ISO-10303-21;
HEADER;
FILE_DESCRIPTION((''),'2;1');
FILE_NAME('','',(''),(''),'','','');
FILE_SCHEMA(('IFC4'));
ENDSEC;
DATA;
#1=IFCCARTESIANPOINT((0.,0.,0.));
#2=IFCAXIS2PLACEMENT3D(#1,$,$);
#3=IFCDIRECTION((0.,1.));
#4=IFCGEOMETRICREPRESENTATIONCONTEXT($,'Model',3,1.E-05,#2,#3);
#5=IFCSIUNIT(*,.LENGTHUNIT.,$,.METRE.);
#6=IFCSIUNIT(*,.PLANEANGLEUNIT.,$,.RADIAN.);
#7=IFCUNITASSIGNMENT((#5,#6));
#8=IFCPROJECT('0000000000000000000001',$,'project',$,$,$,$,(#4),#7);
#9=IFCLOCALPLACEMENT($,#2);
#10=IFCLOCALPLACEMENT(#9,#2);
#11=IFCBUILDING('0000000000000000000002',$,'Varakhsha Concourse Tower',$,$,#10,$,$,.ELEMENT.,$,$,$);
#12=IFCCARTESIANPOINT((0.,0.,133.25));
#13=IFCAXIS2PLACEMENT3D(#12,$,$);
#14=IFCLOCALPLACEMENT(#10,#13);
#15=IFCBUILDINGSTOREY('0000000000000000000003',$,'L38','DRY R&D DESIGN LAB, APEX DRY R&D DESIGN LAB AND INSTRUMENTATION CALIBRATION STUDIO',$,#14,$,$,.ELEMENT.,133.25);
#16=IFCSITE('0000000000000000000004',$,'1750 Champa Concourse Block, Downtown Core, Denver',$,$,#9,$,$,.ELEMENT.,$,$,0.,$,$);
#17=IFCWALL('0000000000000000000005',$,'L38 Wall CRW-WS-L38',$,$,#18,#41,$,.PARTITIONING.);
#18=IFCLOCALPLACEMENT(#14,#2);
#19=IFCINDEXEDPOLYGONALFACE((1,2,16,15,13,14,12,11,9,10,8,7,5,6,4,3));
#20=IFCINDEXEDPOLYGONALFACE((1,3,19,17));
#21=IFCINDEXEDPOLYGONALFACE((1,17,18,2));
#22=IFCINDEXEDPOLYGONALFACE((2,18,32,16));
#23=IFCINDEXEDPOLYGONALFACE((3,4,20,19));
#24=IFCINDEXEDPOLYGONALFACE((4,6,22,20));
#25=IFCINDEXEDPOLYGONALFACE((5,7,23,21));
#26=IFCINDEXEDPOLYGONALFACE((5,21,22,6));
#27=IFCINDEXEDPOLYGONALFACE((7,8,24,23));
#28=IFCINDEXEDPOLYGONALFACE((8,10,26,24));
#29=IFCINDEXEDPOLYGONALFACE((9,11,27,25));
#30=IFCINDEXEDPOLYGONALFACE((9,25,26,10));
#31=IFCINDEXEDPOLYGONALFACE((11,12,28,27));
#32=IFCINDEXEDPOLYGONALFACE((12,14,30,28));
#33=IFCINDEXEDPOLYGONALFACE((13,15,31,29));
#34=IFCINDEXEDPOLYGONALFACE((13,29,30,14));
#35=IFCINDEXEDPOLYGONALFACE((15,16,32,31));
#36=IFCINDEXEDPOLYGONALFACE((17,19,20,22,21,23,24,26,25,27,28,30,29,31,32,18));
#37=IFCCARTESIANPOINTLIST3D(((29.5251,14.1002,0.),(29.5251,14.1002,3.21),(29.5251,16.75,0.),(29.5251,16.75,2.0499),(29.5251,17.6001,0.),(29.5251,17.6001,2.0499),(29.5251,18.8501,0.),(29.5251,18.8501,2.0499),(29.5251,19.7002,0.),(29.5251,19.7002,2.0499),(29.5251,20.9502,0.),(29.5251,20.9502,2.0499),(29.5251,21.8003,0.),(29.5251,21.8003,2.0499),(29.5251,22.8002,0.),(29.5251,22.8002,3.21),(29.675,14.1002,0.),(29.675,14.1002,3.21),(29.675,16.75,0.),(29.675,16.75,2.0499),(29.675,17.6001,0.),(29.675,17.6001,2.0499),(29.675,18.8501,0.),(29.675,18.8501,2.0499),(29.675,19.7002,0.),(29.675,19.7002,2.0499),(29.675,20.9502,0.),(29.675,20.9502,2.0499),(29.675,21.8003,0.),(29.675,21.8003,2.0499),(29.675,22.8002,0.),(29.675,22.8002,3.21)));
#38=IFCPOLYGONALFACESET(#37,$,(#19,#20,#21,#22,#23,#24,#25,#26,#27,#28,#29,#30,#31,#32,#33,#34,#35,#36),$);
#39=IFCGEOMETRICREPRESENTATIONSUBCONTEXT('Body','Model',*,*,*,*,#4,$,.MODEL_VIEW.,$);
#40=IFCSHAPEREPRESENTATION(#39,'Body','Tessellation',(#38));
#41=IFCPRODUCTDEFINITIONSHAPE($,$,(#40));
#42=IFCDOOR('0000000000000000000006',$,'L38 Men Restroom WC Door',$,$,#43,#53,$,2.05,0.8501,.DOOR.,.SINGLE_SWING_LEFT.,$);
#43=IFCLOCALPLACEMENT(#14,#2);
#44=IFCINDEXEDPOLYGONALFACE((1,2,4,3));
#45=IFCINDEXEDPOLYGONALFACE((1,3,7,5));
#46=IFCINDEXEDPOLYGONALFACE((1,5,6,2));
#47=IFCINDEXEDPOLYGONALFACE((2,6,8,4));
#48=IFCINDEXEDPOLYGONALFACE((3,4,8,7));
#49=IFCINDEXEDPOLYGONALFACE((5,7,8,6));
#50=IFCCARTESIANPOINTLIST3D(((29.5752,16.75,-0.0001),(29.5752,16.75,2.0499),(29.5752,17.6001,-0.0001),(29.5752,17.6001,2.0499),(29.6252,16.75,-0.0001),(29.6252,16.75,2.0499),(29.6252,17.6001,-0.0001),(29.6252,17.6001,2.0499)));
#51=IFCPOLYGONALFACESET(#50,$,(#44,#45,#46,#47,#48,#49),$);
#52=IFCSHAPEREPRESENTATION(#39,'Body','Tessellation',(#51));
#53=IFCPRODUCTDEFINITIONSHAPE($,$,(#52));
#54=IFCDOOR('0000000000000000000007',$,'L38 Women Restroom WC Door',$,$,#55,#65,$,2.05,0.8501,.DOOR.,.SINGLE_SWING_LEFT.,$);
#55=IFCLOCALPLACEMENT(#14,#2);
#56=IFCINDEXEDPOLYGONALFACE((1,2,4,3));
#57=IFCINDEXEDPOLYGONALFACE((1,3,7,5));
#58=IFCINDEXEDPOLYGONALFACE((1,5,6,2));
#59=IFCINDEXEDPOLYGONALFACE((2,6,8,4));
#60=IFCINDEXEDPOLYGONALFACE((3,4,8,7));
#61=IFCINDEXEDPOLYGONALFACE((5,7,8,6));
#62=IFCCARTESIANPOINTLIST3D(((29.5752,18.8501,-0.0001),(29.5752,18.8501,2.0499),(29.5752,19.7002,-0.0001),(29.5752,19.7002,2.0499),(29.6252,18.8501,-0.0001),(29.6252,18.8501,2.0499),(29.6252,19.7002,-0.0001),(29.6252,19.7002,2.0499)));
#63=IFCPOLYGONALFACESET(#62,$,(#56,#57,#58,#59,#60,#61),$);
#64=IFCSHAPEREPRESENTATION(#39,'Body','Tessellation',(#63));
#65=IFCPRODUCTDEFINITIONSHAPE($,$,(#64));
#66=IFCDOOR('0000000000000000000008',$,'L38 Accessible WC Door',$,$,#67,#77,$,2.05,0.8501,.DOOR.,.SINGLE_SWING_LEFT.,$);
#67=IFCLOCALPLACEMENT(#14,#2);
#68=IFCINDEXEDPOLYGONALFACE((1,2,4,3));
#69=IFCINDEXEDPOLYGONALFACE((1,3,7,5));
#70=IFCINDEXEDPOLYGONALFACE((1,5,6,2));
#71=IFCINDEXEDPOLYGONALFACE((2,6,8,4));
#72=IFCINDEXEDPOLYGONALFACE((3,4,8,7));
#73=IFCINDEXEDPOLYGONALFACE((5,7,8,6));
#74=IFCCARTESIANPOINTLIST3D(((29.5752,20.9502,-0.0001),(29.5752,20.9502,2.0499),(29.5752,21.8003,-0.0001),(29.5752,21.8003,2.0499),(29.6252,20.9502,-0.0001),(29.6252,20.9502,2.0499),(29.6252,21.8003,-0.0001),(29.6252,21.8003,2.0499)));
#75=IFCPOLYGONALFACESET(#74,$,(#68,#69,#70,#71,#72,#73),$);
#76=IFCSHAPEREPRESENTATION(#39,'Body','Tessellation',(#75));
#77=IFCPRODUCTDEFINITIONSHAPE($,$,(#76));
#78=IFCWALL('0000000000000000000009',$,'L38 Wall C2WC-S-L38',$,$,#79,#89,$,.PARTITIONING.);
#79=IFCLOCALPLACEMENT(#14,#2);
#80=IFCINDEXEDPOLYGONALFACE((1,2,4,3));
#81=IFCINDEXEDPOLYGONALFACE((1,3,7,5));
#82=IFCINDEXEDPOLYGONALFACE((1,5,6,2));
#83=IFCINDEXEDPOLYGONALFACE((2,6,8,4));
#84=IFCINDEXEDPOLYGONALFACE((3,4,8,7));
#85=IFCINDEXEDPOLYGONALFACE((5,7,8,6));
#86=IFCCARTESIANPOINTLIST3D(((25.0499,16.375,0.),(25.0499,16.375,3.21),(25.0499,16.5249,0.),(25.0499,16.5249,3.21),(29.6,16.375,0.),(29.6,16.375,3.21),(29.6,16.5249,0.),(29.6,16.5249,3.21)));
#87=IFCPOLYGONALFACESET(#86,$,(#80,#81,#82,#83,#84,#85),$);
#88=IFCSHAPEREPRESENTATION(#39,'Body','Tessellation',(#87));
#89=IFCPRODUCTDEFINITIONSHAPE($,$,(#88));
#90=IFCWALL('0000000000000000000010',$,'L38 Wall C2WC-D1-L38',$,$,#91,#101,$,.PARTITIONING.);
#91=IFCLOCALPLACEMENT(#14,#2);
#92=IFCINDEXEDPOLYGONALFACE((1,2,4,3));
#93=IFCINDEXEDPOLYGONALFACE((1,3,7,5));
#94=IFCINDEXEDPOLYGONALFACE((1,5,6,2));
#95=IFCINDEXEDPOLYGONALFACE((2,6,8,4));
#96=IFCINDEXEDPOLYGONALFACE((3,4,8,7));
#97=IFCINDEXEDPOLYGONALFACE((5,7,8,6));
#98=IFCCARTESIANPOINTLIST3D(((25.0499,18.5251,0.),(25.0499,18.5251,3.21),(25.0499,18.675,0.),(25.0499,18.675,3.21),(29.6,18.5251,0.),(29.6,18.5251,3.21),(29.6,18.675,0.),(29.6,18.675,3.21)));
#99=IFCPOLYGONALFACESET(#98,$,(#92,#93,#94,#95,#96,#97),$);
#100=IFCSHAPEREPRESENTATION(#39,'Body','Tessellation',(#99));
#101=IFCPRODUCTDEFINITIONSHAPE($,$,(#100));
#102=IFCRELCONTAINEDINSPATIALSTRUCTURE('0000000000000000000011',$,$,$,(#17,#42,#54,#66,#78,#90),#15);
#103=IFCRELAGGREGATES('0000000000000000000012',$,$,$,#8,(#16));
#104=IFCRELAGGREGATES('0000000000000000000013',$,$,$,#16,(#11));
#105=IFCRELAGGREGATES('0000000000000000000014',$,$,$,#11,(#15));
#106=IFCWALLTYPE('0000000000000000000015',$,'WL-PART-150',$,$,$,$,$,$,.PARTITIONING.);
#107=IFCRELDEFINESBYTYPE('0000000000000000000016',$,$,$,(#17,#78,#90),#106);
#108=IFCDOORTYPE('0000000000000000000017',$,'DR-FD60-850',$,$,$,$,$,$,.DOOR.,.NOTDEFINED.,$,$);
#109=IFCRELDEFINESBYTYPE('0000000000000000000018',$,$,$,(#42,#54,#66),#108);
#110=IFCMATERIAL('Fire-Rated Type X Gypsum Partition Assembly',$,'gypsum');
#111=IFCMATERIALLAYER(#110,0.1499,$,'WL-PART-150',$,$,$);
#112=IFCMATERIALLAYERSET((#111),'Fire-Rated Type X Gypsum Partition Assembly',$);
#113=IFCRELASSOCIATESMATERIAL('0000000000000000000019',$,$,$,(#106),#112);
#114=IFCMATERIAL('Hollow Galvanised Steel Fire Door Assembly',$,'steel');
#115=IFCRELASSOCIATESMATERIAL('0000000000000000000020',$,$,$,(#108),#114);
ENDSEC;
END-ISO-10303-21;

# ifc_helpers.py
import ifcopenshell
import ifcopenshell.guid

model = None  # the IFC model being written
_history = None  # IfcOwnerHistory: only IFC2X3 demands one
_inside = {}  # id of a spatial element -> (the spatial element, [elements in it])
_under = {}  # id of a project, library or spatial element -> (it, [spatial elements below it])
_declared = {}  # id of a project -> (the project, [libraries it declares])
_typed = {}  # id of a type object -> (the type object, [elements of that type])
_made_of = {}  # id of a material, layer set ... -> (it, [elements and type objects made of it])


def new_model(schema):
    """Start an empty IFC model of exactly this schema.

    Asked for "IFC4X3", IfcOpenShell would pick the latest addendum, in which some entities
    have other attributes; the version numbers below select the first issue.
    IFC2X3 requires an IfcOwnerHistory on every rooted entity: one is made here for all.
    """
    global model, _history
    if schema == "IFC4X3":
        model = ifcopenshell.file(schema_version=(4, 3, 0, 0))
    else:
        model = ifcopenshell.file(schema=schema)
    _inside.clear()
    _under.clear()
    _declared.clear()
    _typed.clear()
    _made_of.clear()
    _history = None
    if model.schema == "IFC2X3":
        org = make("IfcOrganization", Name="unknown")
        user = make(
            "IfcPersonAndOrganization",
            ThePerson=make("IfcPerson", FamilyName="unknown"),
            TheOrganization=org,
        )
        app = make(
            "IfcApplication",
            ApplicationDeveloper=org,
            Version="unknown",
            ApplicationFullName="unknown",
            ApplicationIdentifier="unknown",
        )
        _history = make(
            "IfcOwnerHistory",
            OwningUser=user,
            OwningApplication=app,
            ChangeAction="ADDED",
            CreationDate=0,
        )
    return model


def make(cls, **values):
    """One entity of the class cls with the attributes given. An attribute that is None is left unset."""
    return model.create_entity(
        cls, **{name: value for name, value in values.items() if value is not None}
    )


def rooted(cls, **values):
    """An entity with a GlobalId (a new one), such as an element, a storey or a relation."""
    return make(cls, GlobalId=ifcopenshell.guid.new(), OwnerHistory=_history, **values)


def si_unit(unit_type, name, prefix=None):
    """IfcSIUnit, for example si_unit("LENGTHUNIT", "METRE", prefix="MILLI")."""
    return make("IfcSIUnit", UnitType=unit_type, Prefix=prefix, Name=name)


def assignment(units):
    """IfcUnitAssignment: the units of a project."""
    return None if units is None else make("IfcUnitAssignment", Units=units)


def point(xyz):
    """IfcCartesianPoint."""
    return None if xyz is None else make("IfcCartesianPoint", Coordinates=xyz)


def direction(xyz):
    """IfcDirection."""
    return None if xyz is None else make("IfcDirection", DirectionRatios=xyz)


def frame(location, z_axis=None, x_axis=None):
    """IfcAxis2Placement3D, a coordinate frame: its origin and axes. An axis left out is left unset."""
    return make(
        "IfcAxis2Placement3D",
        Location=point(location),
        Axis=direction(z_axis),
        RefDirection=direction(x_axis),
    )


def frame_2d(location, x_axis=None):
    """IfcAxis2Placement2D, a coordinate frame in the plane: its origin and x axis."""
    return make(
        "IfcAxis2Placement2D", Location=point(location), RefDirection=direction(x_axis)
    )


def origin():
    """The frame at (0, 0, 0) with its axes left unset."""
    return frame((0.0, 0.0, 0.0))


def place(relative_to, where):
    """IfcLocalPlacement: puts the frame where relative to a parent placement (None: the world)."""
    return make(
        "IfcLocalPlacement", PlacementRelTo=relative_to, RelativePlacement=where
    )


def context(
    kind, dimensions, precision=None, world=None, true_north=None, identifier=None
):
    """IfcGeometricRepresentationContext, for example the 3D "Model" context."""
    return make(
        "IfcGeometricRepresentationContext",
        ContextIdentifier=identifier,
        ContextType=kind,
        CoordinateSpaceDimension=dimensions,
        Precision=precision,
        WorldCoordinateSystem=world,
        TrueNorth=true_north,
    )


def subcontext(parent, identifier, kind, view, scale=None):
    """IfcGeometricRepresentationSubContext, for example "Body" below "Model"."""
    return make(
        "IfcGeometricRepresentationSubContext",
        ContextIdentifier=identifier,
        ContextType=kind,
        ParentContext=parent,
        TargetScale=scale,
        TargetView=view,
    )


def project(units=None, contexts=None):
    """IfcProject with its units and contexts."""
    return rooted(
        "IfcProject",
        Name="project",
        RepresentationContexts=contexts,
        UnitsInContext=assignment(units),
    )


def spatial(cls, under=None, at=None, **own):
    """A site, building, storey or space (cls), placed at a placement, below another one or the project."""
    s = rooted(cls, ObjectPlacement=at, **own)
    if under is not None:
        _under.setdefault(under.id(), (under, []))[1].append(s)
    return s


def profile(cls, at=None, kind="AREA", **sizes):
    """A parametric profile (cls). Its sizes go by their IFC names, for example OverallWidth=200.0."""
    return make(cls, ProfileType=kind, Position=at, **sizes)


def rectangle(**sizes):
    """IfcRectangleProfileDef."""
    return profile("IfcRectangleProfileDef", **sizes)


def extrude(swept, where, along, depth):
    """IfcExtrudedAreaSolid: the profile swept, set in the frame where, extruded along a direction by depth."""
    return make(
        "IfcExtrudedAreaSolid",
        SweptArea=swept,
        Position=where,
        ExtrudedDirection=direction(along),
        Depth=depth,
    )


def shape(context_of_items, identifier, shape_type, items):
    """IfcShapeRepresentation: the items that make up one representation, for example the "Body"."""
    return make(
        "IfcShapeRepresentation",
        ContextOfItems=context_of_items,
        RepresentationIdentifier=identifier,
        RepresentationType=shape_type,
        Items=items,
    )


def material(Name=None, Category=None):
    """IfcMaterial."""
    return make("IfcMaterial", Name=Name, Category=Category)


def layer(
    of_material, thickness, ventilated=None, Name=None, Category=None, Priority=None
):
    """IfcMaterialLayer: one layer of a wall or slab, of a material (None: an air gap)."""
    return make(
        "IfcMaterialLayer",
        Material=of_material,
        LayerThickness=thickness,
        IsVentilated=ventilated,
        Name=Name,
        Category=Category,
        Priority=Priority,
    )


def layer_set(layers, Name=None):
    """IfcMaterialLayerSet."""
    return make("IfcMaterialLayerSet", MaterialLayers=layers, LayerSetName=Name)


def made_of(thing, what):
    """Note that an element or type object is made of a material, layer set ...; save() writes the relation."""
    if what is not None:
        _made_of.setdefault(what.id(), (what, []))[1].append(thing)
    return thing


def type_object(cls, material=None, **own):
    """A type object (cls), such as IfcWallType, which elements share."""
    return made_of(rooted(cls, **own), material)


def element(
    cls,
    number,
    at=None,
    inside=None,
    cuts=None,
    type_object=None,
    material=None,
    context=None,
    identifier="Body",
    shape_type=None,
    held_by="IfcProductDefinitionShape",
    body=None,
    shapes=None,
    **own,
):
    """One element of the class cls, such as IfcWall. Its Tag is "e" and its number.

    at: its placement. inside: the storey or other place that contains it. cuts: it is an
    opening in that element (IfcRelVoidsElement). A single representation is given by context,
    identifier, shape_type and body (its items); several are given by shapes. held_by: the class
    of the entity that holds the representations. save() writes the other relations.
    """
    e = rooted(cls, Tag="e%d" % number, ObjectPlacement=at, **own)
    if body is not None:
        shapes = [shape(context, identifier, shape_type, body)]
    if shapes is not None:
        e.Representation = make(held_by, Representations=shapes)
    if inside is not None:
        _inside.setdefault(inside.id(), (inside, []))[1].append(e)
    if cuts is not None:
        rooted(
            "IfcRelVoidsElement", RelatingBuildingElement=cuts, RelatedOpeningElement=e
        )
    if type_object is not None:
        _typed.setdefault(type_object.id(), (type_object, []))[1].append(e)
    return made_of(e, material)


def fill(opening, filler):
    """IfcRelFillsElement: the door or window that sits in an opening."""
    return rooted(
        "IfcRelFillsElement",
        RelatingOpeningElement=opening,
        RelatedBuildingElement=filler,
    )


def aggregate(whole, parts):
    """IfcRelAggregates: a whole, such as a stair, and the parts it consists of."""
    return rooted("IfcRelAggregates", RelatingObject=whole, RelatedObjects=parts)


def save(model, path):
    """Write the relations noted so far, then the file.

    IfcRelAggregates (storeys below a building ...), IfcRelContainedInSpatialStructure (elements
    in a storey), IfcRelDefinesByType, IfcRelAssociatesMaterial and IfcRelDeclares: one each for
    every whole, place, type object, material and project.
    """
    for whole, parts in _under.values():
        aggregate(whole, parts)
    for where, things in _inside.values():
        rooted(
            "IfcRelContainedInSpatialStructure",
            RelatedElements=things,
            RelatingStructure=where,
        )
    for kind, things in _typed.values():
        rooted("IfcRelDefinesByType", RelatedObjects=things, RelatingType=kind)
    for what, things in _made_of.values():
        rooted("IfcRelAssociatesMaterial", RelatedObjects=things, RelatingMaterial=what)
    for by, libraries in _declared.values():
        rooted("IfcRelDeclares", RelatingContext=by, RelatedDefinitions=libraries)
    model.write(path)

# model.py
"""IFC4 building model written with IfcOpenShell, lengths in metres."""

from ifc_helpers import new_model, si_unit, direction, frame, frame_2d, origin, place, context, subcontext, project, spatial, rectangle, extrude, material, layer, layer_set, type_object, element, fill, save


model = new_model("IFC4")

# Units and contexts
model_context = context("Model", 3, precision=1e-05, world=origin(), true_north=direction((0.0, 1.0)))
body_context = subcontext(model_context, "Body", "Model", "MODEL_VIEW")
ifc_project = project(units=[si_unit("LENGTHUNIT", "METRE"), si_unit("PLANEANGLEUNIT", "RADIAN")], contexts=[model_context])

# Site, building, storey
site_placement = place(None, origin())
site = spatial("IfcSite", under=ifc_project, at=site_placement, Name="1750 Champa Concourse Block, Downtown Core, Denver", CompositionType="ELEMENT", RefElevation=0.0)
building_placement = place(site_placement, origin())
building = spatial("IfcBuilding", under=site, at=building_placement, Name="Varakhsha Concourse Tower", CompositionType="ELEMENT")
storey_placement = place(building_placement, frame((0.0, 0.0, 133.25)))
storey = spatial("IfcBuildingStorey", under=building, at=storey_placement, Name="L38", Description="DRY R&D DESIGN LAB, APEX DRY R&D DESIGN LAB AND INSTRUMENTATION CALIBRATION STUDIO", CompositionType="ELEMENT", Elevation=133.25)

# Wall, openings, doors
ifc_material_1 = material(Name="Hollow Galvanised Steel Fire Door Assembly", Category="steel")
ifc_material_2 = material(Name="Fire-Rated Type X Gypsum Partition Assembly", Category="gypsum")
ifc_layer_1 = layer(ifc_material_2, 0.1499, Name="WL-PART-150")
ifc_layer_set_1 = layer_set([ifc_layer_1], Name="Fire-Rated Type X Gypsum Partition Assembly")
wall_type_1 = type_object("IfcWallType", Name="WL-PART-150", PredefinedType="PARTITIONING", material=ifc_layer_set_1)
wall_1_placement = place(storey_placement, frame((29.6001, 14.1001, 0.0), z_axis=(0.0, 0.0, 1.0), x_axis=(0.0, 1.0, 0.0)))
wall_1 = element("IfcWall", 1, at=wall_1_placement, inside=storey, type_object=wall_type_1, Name="L38 Wall CRW-WS-L38", PredefinedType="PARTITIONING", context=body_context, shape_type="SweptSolid", body=[
    extrude(rectangle(XDim=8.7, YDim=0.1499, at=frame_2d((4.3501, 0.0))), origin(), (0.0, 0.0, 1.0), 3.21),
])
opening_1_placement = place(wall_1_placement, frame((2.6499, 0.0, 0.0)))
opening_1 = element("IfcOpeningElement", 2, at=opening_1_placement, cuts=wall_1, PredefinedType="OPENING", context=body_context, shape_type="SweptSolid", body=[
    extrude(rectangle(XDim=0.8501, YDim=2.05, at=frame_2d((0.425, 1.0249))), frame((0.0, 0.085, 0.0), z_axis=(0.0, -1.0, 0.0), x_axis=(1.0, 0.0, 0.0)), (0.0, 0.0, 1.0), 0.1699),
])
opening_2_placement = place(wall_1_placement, frame((4.75, 0.0, 0.0)))
opening_2 = element("IfcOpeningElement", 3, at=opening_2_placement, cuts=wall_1, PredefinedType="OPENING", context=body_context, shape_type="SweptSolid", body=[
    extrude(rectangle(XDim=0.8501, YDim=2.05, at=frame_2d((0.425, 1.0249))), frame((0.0, 0.085, 0.0), z_axis=(0.0, -1.0, 0.0), x_axis=(1.0, 0.0, 0.0)), (0.0, 0.0, 1.0), 0.1699),
])
opening_3_placement = place(wall_1_placement, frame((6.8501, 0.0, 0.0)))
opening_3 = element("IfcOpeningElement", 4, at=opening_3_placement, cuts=wall_1, PredefinedType="OPENING", context=body_context, shape_type="SweptSolid", body=[
    extrude(rectangle(XDim=0.8501, YDim=2.05, at=frame_2d((0.425, 1.0249))), frame((0.0, 0.085, 0.0), z_axis=(0.0, -1.0, 0.0), x_axis=(1.0, 0.0, 0.0)), (0.0, 0.0, 1.0), 0.1699),
])
door_type_1 = type_object("IfcDoorType", Name="DR-FD60-850", OperationType="NOTDEFINED", PredefinedType="DOOR", material=ifc_material_1)
door_1_placement = place(opening_1_placement, origin())
door_1 = element("IfcDoor", 5, at=door_1_placement, inside=storey, type_object=door_type_1, Name="L38 Men Restroom WC Door", OperationType="SINGLE_SWING_LEFT", OverallHeight=2.05, OverallWidth=0.8501, PredefinedType="DOOR", context=body_context, shape_type="SweptSolid", body=[
    extrude(rectangle(XDim=0.8501, YDim=2.05, at=frame_2d((0.425, 1.0249))), frame((0.0, 0.0249, 0.0), z_axis=(0.0, -1.0, 0.0), x_axis=(1.0, 0.0, 0.0)), (0.0, 0.0, 1.0), 0.05),
])
fill(opening_1, door_1)
door_2_placement = place(opening_2_placement, origin())
door_2 = element("IfcDoor", 6, at=door_2_placement, inside=storey, type_object=door_type_1, Name="L38 Women Restroom WC Door", OperationType="SINGLE_SWING_LEFT", OverallHeight=2.05, OverallWidth=0.8501, PredefinedType="DOOR", context=body_context, shape_type="SweptSolid", body=[
    extrude(rectangle(XDim=0.8501, YDim=2.05, at=frame_2d((0.425, 1.0249))), frame((0.0, 0.0249, 0.0), z_axis=(0.0, -1.0, 0.0), x_axis=(1.0, 0.0, 0.0)), (0.0, 0.0, 1.0), 0.05),
])
fill(opening_2, door_2)
door_3_placement = place(opening_3_placement, origin())
door_3 = element("IfcDoor", 7, at=door_3_placement, inside=storey, type_object=door_type_1, Name="L38 Accessible WC Door", OperationType="SINGLE_SWING_LEFT", OverallHeight=2.05, OverallWidth=0.8501, PredefinedType="DOOR", context=body_context, shape_type="SweptSolid", body=[
    extrude(rectangle(XDim=0.8501, YDim=2.05, at=frame_2d((0.425, 1.0249))), frame((0.0, 0.0249, 0.0), z_axis=(0.0, -1.0, 0.0), x_axis=(1.0, 0.0, 0.0)), (0.0, 0.0, 1.0), 0.05),
])
fill(opening_3, door_3)

# Walls
for number, where, z_axis, x_axis, name in (
    (8, (25.05, 16.45, 0.0), (0.0, 0.0, 1.0), (1.0, 0.0, 0.0), "L38 Wall C2WC-S-L38"),
    (9, (25.05, 18.6001, 0.0), (0.0, 0.0, 1.0), (1.0, 0.0, 0.0), "L38 Wall C2WC-D1-L38"),
):
    element("IfcWall", number, at=place(storey_placement, frame(where, z_axis=z_axis, x_axis=x_axis)), inside=storey, type_object=wall_type_1, Name=name, PredefinedType="PARTITIONING", context=body_context, shape_type="SweptSolid", body=[
        extrude(rectangle(XDim=4.55, YDim=0.1499, at=frame_2d((2.2749, 0.0))), origin(), (0.0, 0.0, 1.0), 3.21),
    ])

save(model, "model.ifc")
